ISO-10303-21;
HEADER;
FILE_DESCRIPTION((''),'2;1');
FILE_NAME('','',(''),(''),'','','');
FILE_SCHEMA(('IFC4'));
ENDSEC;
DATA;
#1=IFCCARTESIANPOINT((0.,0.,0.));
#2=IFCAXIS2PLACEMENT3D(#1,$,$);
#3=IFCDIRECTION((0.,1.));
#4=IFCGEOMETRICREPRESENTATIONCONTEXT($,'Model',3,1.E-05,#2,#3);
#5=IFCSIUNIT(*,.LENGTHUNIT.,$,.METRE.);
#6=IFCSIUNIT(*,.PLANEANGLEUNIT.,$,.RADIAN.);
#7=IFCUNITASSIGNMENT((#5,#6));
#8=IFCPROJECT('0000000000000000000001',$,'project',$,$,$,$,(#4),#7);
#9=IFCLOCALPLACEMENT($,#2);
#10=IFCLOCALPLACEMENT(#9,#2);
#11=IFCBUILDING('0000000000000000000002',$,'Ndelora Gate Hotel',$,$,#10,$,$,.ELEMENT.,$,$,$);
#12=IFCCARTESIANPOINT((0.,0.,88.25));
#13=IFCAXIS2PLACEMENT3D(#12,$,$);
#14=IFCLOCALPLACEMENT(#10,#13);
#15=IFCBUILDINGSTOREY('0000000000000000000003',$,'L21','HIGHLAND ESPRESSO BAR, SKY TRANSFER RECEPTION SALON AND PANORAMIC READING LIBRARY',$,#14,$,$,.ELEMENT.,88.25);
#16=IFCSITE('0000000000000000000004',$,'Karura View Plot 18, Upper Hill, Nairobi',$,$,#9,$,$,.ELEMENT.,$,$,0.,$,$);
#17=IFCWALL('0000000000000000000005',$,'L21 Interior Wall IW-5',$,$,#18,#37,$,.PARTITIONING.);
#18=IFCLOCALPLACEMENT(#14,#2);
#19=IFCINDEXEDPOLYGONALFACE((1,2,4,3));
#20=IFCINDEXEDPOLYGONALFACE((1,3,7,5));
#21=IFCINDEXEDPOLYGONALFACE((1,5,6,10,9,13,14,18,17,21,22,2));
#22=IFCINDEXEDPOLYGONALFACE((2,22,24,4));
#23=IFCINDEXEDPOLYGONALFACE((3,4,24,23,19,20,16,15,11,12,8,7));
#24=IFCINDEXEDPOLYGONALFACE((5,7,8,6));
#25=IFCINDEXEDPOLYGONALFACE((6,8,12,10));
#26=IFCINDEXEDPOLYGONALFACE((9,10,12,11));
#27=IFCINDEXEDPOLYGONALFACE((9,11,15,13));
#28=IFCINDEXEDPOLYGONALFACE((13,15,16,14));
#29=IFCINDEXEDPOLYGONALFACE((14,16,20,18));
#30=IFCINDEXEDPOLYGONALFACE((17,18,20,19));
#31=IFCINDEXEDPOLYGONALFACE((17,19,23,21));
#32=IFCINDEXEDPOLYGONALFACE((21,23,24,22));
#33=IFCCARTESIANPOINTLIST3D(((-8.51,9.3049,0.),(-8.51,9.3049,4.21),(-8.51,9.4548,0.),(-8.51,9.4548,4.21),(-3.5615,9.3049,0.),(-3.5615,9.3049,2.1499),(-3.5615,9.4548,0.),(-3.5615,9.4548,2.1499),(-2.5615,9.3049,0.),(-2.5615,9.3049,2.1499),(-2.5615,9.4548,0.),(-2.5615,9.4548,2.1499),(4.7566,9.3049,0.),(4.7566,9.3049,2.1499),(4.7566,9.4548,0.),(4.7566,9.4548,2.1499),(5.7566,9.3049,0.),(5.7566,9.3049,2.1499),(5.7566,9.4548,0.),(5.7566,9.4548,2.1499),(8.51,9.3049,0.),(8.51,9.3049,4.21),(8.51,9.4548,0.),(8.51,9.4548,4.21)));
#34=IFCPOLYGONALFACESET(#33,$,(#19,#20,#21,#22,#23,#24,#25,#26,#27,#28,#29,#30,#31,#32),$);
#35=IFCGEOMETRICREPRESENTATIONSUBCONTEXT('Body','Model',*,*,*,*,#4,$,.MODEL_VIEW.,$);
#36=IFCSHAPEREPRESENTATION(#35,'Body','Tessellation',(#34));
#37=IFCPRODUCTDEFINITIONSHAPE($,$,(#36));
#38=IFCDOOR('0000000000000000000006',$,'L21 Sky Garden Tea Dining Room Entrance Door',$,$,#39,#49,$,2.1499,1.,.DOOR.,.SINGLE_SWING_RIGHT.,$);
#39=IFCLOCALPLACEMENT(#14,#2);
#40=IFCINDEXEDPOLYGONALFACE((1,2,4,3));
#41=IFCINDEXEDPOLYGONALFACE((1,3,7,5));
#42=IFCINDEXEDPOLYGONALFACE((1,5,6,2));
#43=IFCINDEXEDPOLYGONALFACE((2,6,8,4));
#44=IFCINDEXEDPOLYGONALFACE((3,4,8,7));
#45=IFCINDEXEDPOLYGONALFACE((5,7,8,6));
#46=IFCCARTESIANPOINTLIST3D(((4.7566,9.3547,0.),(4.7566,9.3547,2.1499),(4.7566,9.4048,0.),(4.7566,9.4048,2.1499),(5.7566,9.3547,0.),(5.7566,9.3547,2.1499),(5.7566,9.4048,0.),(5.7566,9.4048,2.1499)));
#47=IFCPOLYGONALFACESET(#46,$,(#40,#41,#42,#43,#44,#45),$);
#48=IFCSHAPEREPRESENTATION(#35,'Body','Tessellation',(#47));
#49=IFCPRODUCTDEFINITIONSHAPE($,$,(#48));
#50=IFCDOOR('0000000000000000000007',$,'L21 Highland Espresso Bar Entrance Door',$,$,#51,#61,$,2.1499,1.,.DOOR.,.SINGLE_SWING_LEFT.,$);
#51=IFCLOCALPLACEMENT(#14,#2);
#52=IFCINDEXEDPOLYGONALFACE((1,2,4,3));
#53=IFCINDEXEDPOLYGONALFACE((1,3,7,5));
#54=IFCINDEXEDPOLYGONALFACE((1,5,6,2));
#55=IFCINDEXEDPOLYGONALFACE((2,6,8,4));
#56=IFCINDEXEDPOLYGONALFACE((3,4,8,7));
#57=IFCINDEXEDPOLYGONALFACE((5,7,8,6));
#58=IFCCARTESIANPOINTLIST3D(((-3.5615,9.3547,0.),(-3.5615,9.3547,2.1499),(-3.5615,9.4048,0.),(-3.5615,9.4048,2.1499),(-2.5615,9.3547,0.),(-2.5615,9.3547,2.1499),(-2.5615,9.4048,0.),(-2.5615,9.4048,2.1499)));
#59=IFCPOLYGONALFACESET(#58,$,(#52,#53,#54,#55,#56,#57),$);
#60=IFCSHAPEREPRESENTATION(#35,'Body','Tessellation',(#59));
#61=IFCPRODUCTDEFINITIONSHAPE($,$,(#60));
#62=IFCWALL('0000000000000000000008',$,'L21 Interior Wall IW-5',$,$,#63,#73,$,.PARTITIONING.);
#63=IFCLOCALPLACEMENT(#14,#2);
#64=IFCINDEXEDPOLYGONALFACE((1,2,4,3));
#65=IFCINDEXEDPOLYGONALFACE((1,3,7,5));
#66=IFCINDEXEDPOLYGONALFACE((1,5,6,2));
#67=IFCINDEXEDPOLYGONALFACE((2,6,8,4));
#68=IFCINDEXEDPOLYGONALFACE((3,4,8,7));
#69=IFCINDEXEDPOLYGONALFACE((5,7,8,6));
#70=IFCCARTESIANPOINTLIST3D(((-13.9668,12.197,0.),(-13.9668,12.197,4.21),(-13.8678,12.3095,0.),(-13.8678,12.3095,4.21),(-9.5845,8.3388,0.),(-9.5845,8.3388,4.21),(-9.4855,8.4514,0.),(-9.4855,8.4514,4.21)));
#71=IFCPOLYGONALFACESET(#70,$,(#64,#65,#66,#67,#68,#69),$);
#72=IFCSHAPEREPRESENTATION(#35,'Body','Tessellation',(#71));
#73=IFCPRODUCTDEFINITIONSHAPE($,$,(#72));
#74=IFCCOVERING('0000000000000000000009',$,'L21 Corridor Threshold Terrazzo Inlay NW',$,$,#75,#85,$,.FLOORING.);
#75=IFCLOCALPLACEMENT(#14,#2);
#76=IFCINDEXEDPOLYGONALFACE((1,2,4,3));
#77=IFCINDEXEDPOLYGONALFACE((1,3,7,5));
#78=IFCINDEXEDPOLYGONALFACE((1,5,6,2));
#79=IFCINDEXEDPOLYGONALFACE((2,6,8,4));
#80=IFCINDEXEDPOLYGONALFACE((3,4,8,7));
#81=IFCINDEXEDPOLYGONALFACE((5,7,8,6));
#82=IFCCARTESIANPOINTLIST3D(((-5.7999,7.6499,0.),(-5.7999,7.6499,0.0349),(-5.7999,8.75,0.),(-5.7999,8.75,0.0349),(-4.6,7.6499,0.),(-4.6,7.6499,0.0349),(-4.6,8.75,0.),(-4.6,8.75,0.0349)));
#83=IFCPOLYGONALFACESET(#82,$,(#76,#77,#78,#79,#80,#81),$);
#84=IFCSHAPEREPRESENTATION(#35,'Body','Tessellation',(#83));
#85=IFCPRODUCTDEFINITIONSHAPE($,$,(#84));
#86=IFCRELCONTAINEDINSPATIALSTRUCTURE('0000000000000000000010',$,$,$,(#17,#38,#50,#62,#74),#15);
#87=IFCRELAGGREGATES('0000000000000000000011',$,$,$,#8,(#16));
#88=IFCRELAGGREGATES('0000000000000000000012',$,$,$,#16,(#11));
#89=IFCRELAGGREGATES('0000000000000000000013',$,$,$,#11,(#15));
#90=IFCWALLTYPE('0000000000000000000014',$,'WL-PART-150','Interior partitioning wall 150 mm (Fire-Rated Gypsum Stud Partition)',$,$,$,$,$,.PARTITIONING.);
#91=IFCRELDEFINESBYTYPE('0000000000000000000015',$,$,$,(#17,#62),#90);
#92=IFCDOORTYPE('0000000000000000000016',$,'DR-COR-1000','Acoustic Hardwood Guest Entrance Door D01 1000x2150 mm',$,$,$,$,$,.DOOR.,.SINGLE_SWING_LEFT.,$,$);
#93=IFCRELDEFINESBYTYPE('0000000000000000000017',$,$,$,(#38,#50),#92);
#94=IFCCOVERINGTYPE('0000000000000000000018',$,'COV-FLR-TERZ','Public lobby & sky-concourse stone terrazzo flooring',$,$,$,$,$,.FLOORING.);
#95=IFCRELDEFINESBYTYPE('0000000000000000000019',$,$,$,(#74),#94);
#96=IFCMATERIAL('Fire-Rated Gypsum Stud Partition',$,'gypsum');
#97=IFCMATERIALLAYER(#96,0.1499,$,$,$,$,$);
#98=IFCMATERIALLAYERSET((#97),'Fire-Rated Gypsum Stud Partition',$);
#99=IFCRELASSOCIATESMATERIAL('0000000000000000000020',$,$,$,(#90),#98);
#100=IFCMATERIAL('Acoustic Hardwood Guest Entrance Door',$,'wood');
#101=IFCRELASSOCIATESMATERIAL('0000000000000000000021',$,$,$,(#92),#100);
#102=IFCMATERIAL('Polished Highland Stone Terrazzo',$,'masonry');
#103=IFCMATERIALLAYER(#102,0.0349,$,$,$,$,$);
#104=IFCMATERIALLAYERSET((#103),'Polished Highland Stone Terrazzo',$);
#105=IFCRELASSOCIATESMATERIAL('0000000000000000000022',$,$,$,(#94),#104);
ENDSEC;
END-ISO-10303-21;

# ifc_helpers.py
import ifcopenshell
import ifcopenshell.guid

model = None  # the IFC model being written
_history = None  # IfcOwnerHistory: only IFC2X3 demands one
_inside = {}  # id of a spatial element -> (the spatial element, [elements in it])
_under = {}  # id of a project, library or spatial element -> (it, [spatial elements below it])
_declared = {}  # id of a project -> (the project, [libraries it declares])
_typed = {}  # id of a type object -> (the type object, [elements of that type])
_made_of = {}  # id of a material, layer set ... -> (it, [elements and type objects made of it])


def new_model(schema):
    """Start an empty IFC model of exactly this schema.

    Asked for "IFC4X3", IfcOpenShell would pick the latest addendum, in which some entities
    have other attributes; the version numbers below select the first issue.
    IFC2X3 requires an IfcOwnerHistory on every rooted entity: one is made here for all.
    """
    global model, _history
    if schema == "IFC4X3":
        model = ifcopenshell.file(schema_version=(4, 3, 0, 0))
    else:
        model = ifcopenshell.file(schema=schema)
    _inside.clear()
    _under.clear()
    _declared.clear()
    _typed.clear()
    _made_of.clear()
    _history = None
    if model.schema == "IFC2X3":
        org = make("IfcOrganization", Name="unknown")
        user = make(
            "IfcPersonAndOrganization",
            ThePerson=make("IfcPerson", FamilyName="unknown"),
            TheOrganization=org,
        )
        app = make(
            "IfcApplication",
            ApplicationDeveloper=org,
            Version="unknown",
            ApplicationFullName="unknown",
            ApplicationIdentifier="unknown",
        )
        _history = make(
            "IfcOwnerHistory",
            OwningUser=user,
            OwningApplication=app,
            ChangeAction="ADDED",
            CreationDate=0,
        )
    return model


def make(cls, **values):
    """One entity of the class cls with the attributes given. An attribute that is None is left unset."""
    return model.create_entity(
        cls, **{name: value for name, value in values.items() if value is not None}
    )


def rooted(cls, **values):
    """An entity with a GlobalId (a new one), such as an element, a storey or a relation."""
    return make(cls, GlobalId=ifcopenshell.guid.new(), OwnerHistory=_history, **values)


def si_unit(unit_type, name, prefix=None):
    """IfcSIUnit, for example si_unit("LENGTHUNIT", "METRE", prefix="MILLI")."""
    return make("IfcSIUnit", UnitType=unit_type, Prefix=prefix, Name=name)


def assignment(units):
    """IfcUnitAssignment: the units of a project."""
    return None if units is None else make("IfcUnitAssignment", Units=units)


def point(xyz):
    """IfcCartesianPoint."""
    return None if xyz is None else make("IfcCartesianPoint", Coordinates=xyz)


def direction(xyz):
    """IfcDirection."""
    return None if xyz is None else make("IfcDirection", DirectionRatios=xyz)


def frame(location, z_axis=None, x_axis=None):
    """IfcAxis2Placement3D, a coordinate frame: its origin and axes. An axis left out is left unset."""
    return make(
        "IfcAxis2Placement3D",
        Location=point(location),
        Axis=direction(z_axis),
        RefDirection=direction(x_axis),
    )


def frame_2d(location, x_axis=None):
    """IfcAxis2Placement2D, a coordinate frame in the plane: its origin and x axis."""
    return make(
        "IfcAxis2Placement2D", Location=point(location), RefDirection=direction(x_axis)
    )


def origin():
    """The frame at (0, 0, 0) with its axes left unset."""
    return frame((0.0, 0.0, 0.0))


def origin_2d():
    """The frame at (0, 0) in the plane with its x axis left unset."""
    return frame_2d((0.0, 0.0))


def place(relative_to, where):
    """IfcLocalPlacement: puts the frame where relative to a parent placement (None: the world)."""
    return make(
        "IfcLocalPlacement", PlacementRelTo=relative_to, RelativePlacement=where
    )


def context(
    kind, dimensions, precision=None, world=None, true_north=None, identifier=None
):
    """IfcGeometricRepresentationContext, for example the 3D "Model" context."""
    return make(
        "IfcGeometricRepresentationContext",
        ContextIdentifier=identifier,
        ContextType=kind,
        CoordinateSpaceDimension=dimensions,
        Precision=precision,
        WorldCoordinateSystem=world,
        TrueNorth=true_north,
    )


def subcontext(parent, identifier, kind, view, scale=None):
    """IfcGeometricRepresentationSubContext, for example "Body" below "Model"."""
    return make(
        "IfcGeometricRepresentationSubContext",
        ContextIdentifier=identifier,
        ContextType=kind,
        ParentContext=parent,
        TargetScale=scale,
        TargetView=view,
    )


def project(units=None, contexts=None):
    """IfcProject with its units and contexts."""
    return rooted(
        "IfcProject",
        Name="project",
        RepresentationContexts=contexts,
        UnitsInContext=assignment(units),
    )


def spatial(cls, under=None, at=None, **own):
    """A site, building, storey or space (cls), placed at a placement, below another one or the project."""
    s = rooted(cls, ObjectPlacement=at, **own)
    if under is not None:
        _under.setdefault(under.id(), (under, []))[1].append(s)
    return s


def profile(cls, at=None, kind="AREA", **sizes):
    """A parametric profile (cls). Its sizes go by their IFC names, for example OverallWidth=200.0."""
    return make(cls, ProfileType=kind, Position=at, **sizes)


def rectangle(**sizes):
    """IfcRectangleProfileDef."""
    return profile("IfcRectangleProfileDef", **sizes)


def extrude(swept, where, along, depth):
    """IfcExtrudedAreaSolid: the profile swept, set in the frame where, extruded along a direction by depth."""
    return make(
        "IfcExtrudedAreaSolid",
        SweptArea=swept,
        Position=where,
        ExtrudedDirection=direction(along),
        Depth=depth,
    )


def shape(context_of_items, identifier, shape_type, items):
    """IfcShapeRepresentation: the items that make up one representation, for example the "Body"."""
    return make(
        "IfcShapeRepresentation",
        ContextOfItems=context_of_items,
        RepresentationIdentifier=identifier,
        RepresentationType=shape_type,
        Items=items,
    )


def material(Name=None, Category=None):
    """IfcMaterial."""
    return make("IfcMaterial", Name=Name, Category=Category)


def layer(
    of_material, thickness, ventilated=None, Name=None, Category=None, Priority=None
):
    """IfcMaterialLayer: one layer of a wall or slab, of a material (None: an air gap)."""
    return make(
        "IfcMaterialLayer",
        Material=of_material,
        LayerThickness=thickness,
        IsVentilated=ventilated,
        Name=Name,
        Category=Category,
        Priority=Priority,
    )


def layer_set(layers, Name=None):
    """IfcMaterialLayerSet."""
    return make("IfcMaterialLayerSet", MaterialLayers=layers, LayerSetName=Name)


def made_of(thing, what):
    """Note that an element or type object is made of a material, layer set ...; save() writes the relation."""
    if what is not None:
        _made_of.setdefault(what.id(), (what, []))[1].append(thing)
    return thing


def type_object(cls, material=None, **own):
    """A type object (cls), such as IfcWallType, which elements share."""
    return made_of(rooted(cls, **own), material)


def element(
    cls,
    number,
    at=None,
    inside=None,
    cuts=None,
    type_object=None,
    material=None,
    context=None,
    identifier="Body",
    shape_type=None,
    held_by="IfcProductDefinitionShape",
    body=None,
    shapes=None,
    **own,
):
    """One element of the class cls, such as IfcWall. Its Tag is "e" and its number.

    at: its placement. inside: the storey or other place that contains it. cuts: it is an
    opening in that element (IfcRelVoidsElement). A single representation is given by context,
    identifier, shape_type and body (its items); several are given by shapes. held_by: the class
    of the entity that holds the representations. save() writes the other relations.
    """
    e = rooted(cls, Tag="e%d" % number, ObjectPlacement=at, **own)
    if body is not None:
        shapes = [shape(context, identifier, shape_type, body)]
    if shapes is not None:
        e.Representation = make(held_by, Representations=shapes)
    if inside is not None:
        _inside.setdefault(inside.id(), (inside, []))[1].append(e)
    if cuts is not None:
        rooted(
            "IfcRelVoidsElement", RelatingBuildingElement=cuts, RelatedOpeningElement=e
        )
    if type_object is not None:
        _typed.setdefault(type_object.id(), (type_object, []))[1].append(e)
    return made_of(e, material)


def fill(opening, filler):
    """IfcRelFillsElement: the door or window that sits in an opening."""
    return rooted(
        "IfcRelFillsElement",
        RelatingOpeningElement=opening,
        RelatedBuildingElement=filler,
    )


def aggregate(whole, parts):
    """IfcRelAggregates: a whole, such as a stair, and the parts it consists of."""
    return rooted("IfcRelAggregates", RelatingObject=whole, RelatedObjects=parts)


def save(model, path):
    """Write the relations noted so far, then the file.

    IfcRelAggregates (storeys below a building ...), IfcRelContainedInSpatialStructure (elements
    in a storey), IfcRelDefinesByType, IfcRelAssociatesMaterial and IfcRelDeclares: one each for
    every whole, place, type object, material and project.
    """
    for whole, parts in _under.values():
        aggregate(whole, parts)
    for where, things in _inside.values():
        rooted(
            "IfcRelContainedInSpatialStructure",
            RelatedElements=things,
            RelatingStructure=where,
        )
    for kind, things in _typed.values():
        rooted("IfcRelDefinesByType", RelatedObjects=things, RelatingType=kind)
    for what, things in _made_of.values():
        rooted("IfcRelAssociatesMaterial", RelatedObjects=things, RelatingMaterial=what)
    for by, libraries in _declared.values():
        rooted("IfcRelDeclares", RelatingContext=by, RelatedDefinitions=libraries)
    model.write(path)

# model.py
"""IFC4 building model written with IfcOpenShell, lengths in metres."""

from ifc_helpers import new_model, si_unit, direction, frame, frame_2d, origin, origin_2d, place, context, subcontext, project, spatial, rectangle, extrude, material, layer, layer_set, type_object, element, fill, save


model = new_model("IFC4")

# Units and contexts
model_context = context("Model", 3, precision=1e-05, world=origin(), true_north=direction((0.0, 1.0)))
body_context = subcontext(model_context, "Body", "Model", "MODEL_VIEW")
ifc_project = project(units=[si_unit("LENGTHUNIT", "METRE"), si_unit("PLANEANGLEUNIT", "RADIAN")], contexts=[model_context])

# Site, building, storey
site_placement = place(None, origin())
site = spatial("IfcSite", under=ifc_project, at=site_placement, Name="Karura View Plot 18, Upper Hill, Nairobi", CompositionType="ELEMENT", RefElevation=0.0)
building_placement = place(site_placement, origin())
building = spatial("IfcBuilding", under=site, at=building_placement, Name="Ndelora Gate Hotel", CompositionType="ELEMENT")
storey_placement = place(building_placement, frame((0.0, 0.0, 88.25)))
storey = spatial("IfcBuildingStorey", under=building, at=storey_placement, Name="L21", Description="HIGHLAND ESPRESSO BAR, SKY TRANSFER RECEPTION SALON AND PANORAMIC READING LIBRARY", CompositionType="ELEMENT", Elevation=88.25)

# Wall, openings, doors
ifc_material_1 = material(Name="Fire-Rated Gypsum Stud Partition", Category="gypsum")
ifc_layer_1 = layer(ifc_material_1, 0.1499)
ifc_layer_set_1 = layer_set([ifc_layer_1], Name="Fire-Rated Gypsum Stud Partition")
wall_type_1 = type_object("IfcWallType", Name="WL-PART-150", Description="Interior partitioning wall 150 mm (Fire-Rated Gypsum Stud Partition)", PredefinedType="PARTITIONING", material=ifc_layer_set_1)
wall_1_placement = place(storey_placement, frame((-8.51, 9.3799, 0.0), z_axis=(0.0, 0.0, 1.0), x_axis=(1.0, 0.0, 0.0)))
wall_1 = element("IfcWall", 1, at=wall_1_placement, inside=storey, type_object=wall_type_1, Name="L21 Interior Wall IW-5", PredefinedType="PARTITIONING", context=body_context, shape_type="SweptSolid", body=[
    extrude(rectangle(XDim=17.02, YDim=0.1499, at=frame_2d((8.51, 0.0))), origin(), (0.0, 0.0, 1.0), 4.21),
])
opening_1_placement = place(wall_1_placement, frame((13.2666, 0.0, 0.0)))
opening_1 = element("IfcOpeningElement", 2, at=opening_1_placement, cuts=wall_1, PredefinedType="OPENING", context=body_context, shape_type="SweptSolid", body=[
    extrude(rectangle(XDim=1.0, YDim=2.1499, at=frame_2d((0.5, 1.075))), frame((0.0, 0.085, 0.0), z_axis=(0.0, -1.0, 0.0), x_axis=(1.0, 0.0, 0.0)), (0.0, 0.0, 1.0), 0.1699),
])
opening_2_placement = place(wall_1_placement, frame((4.9485, 0.0, 0.0)))
opening_2 = element("IfcOpeningElement", 3, at=opening_2_placement, cuts=wall_1, PredefinedType="OPENING", context=body_context, shape_type="SweptSolid", body=[
    extrude(rectangle(XDim=1.0, YDim=2.1499, at=frame_2d((0.5, 1.075))), frame((0.0, 0.085, 0.0), z_axis=(0.0, -1.0, 0.0), x_axis=(1.0, 0.0, 0.0)), (0.0, 0.0, 1.0), 0.1699),
])
ifc_material_2 = material(Name="Acoustic Hardwood Guest Entrance Door", Category="wood")
door_type = type_object("IfcDoorType", Name="DR-COR-1000", Description="Acoustic Hardwood Guest Entrance Door D01 1000x2150 mm", OperationType="SINGLE_SWING_LEFT", PredefinedType="DOOR", material=ifc_material_2)
door_1_placement = place(opening_1_placement, origin())
door_1 = element("IfcDoor", 4, at=door_1_placement, inside=storey, type_object=door_type, Name="L21 Sky Garden Tea Dining Room Entrance Door", OperationType="SINGLE_SWING_RIGHT", OverallHeight=2.1499, OverallWidth=1.0, PredefinedType="DOOR", context=body_context, shape_type="SweptSolid", body=[
    extrude(rectangle(XDim=1.0, YDim=2.1499, at=frame_2d((0.5, 1.075))), frame((0.0, 0.0249, 0.0), z_axis=(0.0, -1.0, 0.0), x_axis=(1.0, 0.0, 0.0)), (0.0, 0.0, 1.0), 0.05),
])
fill(opening_1, door_1)
door_2_placement = place(opening_2_placement, origin())
door_2 = element("IfcDoor", 5, at=door_2_placement, inside=storey, type_object=door_type, Name="L21 Highland Espresso Bar Entrance Door", OperationType="SINGLE_SWING_LEFT", OverallHeight=2.1499, OverallWidth=1.0, PredefinedType="DOOR", context=body_context, shape_type="SweptSolid", body=[
    extrude(rectangle(XDim=1.0, YDim=2.1499, at=frame_2d((0.5, 1.075))), frame((0.0, 0.0249, 0.0), z_axis=(0.0, -1.0, 0.0), x_axis=(1.0, 0.0, 0.0)), (0.0, 0.0, 1.0), 0.05),
])
fill(opening_2, door_2)

# Wall
wall_2_placement = place(storey_placement, frame((-9.5349, 8.395, 0.0), z_axis=(0.0, 0.0, 1.0), x_axis=(-0.750568, 0.660793, 0.0)))
element("IfcWall", 6, at=wall_2_placement, inside=storey, type_object=wall_type_1, Name="L21 Interior Wall IW-5", PredefinedType="PARTITIONING", context=body_context, shape_type="SweptSolid", body=[
    extrude(rectangle(XDim=5.8386, YDim=0.1499, at=frame_2d((2.9194, 0.0))), origin(), (0.0, 0.0, 1.0), 4.21),
])

# Covering
ifc_material_3 = material(Name="Polished Highland Stone Terrazzo", Category="masonry")
ifc_layer_2 = layer(ifc_material_3, 0.0349)
ifc_layer_set_2 = layer_set([ifc_layer_2], Name="Polished Highland Stone Terrazzo")
covering_type = type_object("IfcCoveringType", Name="COV-FLR-TERZ", Description="Public lobby & sky-concourse stone terrazzo flooring", PredefinedType="FLOORING", material=ifc_layer_set_2)
covering_placement = place(storey_placement, frame((-5.2, 8.2, 0.0), z_axis=(0.0, 0.0, 1.0), x_axis=(1.0, 0.0, 0.0)))
element("IfcCovering", 7, at=covering_placement, inside=storey, type_object=covering_type, Name="L21 Corridor Threshold Terrazzo Inlay NW", PredefinedType="FLOORING", context=body_context, shape_type="SweptSolid", body=[
    extrude(rectangle(XDim=1.2, YDim=1.1001, at=origin_2d()), origin(), (0.0, 0.0, 1.0), 0.0349),
])

save(model, "model.ifc")
